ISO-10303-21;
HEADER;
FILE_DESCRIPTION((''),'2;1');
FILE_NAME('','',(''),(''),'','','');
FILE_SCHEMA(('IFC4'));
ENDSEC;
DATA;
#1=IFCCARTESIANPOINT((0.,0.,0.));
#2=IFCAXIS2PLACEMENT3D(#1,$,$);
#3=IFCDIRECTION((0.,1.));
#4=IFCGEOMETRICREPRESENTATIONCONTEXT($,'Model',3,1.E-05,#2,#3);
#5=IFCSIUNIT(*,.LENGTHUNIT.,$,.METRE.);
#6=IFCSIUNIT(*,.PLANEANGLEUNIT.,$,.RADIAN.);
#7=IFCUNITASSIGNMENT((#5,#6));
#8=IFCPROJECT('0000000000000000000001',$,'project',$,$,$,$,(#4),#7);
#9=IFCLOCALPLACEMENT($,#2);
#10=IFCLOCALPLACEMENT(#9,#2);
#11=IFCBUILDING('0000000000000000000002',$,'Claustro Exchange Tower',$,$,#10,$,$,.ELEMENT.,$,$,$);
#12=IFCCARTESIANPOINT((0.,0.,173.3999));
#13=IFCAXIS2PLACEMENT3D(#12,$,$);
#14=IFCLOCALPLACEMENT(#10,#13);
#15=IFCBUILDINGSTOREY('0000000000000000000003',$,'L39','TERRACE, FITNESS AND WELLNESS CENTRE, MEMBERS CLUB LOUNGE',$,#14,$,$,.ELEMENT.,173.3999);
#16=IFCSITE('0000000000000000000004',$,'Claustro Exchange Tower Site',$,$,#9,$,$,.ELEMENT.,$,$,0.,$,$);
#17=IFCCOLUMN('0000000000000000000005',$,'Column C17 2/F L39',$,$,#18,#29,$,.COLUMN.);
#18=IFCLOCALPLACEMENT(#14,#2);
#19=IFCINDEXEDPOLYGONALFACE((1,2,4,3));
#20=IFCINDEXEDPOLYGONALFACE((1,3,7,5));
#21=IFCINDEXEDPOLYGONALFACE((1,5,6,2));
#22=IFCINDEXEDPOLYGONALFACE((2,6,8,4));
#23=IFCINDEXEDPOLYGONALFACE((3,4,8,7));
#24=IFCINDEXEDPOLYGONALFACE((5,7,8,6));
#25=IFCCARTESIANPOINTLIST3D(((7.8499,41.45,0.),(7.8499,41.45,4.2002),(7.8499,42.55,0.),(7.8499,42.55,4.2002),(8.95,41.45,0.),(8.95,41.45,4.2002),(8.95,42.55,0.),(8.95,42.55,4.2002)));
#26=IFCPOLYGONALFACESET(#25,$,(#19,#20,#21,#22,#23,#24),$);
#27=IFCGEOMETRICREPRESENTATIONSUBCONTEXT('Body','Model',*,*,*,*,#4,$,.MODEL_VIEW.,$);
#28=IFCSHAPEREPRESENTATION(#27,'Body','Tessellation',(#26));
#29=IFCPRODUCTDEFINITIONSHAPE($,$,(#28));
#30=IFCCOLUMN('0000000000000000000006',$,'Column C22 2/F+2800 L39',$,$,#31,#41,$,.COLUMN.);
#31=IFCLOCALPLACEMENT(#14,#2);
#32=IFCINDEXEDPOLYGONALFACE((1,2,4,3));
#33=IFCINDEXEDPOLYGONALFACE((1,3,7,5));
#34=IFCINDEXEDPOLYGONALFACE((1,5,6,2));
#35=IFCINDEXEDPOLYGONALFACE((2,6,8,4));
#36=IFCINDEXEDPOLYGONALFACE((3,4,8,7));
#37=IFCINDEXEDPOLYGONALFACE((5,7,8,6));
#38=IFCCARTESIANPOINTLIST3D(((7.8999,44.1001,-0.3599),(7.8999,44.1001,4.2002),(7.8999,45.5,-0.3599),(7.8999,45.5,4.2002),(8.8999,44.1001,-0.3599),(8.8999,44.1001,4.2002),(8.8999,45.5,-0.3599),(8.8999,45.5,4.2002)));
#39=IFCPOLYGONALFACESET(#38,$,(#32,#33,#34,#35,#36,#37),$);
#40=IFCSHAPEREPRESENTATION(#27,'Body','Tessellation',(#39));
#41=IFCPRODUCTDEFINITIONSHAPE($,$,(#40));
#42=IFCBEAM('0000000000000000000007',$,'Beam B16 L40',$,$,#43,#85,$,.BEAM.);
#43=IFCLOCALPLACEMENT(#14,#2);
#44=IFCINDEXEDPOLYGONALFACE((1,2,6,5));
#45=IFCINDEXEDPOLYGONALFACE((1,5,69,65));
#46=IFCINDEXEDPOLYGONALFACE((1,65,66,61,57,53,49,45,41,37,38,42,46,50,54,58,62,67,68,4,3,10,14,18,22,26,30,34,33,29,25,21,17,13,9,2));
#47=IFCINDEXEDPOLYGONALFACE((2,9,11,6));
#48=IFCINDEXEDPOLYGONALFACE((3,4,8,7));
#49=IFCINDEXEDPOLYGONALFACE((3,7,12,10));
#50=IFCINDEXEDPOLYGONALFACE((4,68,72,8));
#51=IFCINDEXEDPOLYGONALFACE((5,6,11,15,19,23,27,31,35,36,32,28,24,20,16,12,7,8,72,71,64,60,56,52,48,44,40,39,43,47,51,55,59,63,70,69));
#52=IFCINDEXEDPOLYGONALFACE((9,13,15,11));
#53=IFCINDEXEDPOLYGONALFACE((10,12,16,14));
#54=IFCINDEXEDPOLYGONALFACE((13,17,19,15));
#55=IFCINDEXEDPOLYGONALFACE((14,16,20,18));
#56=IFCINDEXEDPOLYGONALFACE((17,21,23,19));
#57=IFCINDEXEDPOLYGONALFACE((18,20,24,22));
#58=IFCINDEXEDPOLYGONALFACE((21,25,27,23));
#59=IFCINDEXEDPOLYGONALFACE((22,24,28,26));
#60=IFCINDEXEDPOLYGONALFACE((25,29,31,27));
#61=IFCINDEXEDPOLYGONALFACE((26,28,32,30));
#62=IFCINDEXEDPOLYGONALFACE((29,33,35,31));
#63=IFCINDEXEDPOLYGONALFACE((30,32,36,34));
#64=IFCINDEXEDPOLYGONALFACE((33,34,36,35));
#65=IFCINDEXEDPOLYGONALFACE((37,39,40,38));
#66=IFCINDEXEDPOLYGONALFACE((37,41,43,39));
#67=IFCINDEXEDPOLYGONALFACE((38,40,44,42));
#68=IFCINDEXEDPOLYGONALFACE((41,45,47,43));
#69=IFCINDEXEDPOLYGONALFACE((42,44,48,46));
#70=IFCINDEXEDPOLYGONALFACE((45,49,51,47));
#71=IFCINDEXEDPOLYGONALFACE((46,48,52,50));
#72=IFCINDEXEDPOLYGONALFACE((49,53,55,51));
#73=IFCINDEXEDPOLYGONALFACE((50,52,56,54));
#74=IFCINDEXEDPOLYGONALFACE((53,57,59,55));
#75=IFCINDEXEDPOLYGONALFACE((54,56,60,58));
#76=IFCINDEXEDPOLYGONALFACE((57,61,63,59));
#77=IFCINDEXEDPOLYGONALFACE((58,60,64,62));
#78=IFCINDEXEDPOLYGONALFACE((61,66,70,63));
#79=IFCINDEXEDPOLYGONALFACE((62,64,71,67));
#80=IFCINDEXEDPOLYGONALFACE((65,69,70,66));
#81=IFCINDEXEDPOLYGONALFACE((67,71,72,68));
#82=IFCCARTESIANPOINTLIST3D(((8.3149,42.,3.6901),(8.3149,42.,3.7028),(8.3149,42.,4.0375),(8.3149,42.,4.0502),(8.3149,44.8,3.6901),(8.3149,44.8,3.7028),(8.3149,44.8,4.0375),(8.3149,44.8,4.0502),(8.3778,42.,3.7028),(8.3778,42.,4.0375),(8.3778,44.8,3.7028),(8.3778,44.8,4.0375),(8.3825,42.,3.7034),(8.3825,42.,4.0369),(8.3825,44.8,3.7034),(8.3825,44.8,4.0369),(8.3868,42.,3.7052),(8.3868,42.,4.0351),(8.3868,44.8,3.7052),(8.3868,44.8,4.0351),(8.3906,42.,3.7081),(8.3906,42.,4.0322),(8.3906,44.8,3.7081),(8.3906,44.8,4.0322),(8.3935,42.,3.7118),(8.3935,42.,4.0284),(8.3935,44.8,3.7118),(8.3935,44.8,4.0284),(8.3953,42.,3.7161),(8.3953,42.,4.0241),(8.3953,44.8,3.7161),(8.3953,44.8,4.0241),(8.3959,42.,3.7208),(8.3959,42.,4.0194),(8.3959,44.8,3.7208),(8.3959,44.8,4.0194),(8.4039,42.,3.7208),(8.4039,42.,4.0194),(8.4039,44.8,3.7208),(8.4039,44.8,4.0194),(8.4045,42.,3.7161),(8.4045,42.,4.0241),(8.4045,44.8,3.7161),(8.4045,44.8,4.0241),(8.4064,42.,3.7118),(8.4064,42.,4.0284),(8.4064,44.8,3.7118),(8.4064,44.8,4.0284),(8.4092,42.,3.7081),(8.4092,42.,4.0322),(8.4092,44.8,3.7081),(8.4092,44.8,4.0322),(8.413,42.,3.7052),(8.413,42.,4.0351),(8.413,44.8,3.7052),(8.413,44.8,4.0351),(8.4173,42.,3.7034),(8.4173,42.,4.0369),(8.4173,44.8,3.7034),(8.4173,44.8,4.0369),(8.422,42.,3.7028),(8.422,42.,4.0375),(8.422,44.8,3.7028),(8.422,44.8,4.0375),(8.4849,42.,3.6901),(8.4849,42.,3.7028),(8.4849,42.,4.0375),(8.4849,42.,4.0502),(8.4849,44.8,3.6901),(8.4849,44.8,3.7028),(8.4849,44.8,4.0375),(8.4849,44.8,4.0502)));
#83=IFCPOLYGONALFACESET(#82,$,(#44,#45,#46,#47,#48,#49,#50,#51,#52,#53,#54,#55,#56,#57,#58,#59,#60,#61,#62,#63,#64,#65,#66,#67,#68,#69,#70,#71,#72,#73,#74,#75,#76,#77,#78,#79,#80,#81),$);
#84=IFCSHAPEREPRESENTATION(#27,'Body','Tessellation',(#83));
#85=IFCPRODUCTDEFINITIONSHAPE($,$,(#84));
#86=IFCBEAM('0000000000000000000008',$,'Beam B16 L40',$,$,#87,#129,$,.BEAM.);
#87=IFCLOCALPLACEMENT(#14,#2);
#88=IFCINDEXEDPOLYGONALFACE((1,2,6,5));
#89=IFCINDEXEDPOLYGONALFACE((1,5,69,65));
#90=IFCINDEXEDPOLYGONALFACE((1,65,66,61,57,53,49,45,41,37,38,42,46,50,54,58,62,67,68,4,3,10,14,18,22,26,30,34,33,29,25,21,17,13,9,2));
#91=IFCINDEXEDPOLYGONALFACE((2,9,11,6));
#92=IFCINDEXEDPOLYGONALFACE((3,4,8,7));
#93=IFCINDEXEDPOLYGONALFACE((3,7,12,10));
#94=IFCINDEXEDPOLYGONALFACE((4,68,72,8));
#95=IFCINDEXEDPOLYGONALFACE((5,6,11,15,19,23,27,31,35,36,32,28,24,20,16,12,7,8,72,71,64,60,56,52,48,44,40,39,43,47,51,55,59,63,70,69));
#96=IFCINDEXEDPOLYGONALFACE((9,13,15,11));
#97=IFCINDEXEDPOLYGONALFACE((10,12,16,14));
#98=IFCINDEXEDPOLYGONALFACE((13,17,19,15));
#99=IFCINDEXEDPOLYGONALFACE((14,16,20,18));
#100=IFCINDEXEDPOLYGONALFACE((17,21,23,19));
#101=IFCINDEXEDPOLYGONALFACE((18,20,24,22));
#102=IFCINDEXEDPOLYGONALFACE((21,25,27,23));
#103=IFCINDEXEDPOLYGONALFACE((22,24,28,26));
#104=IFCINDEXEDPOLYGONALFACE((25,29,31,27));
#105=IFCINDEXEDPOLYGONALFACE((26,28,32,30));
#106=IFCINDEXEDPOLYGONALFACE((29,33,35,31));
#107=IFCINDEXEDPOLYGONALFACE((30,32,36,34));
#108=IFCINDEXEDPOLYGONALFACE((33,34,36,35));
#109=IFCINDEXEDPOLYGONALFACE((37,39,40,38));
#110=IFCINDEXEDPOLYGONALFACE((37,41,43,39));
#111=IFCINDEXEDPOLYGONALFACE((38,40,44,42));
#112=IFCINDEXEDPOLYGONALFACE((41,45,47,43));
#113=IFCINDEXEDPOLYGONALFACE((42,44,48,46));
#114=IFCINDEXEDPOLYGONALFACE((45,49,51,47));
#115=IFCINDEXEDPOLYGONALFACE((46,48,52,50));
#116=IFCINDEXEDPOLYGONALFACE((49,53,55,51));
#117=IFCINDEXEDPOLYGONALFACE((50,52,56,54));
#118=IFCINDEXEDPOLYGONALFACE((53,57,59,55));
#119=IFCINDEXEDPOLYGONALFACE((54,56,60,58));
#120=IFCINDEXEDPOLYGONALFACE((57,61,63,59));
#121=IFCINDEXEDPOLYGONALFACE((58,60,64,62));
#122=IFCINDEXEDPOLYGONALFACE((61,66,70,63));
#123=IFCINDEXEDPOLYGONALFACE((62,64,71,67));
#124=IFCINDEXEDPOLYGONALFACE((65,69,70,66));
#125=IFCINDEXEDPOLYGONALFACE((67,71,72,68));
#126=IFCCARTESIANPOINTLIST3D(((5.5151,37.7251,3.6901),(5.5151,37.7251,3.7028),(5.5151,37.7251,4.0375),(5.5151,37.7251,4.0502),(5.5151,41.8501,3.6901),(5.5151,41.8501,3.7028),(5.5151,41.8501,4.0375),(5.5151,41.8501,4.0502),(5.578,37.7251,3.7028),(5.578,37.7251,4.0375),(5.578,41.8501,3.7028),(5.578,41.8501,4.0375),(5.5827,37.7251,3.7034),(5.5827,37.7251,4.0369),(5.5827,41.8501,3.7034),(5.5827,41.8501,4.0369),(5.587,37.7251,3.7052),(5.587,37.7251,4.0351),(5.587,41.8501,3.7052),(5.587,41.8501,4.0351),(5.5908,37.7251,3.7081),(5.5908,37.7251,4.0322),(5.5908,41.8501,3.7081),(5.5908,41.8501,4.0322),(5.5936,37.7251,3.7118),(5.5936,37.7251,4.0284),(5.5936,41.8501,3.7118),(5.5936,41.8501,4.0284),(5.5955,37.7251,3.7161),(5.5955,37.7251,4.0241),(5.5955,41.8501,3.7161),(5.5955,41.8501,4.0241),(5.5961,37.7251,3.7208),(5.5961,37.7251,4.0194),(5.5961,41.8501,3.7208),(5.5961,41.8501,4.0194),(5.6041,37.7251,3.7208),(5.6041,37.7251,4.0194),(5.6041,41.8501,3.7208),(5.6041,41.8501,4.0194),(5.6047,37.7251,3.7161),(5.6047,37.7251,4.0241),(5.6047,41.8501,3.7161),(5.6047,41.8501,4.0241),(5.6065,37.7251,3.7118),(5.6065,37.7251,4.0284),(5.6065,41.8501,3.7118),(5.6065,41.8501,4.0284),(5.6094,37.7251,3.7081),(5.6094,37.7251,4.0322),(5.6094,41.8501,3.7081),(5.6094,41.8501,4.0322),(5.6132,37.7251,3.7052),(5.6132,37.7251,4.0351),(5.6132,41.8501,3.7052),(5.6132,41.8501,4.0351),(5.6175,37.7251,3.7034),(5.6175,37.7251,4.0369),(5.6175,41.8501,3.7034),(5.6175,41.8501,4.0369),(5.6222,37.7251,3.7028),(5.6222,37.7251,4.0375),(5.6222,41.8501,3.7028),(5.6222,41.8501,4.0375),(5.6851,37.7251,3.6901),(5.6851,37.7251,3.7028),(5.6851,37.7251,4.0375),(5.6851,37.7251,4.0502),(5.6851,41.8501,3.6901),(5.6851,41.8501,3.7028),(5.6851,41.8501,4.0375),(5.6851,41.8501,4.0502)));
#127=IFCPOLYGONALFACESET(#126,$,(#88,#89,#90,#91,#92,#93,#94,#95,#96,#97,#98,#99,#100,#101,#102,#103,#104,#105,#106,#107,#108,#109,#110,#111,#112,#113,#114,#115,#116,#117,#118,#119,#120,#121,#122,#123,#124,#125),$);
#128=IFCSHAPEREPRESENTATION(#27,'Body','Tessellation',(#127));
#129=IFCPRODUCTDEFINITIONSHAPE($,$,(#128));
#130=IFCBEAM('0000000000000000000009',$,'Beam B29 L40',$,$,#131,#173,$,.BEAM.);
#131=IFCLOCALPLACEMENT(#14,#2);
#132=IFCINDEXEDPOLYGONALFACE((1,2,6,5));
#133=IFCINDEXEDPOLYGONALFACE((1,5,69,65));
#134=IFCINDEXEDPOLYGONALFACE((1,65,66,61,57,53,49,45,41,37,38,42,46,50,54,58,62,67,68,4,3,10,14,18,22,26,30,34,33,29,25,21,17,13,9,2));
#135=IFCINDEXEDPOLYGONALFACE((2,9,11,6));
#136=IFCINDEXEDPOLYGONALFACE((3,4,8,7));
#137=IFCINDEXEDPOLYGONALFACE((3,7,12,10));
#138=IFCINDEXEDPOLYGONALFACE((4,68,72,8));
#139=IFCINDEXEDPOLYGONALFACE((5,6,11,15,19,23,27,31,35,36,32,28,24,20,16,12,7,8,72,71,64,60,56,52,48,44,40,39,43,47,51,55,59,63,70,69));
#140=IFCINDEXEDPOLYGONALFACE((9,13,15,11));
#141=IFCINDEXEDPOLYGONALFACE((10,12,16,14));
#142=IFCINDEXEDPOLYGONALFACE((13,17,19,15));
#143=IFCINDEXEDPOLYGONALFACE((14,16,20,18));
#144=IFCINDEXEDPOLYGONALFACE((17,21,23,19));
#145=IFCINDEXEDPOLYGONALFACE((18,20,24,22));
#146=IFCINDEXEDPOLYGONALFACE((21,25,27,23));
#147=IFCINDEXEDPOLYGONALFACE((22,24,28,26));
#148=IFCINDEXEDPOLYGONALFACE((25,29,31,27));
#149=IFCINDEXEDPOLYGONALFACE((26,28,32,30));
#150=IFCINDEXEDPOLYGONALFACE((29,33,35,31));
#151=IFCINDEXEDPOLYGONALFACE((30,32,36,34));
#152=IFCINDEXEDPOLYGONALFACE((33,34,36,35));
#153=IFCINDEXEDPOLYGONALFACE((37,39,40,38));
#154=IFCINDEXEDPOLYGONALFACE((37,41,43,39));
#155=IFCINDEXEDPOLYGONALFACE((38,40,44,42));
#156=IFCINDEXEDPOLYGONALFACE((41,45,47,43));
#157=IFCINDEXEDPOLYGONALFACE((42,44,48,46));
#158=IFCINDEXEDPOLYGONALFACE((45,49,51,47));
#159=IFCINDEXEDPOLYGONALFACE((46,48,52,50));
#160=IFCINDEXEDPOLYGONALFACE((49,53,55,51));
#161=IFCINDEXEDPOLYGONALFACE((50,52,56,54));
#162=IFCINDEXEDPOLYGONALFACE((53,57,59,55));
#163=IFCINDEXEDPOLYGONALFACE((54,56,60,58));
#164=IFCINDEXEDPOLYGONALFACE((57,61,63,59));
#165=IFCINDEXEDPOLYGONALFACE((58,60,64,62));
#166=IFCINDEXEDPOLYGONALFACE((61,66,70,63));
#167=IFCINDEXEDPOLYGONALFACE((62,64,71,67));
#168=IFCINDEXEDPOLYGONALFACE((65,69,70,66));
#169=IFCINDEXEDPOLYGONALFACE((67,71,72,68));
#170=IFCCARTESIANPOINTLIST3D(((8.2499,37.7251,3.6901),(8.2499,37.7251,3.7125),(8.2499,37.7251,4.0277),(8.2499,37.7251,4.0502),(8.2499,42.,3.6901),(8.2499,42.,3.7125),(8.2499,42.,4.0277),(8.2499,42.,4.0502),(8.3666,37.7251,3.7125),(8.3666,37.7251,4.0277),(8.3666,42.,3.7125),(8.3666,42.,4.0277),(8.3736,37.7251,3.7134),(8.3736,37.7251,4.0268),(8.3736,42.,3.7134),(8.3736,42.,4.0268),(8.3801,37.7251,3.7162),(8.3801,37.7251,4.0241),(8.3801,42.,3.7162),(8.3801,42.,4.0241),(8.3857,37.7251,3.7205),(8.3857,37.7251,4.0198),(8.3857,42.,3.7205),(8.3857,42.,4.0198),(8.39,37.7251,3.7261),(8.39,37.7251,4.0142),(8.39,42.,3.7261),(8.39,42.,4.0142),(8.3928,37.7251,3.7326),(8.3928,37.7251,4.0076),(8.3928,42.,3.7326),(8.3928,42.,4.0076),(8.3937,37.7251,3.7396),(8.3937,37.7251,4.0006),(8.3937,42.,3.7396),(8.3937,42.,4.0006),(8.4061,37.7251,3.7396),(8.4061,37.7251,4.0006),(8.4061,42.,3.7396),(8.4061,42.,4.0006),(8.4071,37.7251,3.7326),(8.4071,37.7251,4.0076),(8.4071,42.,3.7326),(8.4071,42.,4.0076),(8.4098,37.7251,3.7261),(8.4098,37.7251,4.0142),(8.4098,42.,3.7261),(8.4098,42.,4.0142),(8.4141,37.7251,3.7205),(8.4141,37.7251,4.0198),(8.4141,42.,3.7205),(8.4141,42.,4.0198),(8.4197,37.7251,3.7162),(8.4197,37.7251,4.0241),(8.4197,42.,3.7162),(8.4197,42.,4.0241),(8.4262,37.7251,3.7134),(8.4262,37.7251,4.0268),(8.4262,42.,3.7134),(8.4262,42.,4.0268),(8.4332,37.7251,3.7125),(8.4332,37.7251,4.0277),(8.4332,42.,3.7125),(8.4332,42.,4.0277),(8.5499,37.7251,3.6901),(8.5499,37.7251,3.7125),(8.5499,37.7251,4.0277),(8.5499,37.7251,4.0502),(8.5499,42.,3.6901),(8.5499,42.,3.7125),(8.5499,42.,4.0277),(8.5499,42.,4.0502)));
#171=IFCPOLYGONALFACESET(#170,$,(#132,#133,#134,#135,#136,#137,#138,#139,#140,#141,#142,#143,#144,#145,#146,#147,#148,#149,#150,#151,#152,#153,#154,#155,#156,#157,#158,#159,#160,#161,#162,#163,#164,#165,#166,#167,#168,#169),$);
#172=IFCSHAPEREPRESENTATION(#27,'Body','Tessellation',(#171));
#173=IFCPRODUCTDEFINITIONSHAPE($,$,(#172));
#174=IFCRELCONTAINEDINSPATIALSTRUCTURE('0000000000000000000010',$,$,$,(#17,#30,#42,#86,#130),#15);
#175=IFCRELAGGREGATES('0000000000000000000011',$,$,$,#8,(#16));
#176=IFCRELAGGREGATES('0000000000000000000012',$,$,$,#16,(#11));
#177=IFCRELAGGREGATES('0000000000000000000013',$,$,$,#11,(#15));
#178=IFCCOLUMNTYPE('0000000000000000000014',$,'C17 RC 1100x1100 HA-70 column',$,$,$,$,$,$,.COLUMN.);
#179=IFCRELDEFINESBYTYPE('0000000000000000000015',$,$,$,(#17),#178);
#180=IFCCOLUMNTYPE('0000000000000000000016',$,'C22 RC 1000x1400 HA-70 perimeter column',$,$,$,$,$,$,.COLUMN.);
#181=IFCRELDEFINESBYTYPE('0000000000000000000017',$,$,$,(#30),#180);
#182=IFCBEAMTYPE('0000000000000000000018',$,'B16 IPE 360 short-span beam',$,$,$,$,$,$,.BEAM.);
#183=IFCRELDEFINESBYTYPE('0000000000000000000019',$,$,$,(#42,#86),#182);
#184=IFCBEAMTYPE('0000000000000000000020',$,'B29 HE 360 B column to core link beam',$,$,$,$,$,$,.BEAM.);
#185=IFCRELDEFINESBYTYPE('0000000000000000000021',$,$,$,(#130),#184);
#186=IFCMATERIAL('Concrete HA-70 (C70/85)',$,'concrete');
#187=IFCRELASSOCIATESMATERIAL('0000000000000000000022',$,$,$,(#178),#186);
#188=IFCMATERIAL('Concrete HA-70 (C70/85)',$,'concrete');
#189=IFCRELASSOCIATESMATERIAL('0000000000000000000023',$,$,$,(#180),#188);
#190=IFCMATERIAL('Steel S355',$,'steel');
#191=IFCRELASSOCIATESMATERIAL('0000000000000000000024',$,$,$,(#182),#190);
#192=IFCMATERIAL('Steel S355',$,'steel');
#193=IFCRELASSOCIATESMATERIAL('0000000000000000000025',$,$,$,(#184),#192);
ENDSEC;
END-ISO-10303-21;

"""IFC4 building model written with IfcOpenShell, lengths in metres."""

from ifc_helpers import new_model, si_unit, direction, frame, origin, origin_2d, place, context, subcontext, project, spatial, rectangle, i_section, extrude, material, material_profile, profile_set, type_object, element, save


model = new_model("IFC4")

# Units and contexts
model_context = context("Model", 3, precision=1e-05, world=origin(), true_north=direction((0.0, 1.0)))
body_context = subcontext(model_context, "Body", "Model", "MODEL_VIEW")
ifc_project = project(units=[si_unit("LENGTHUNIT", "METRE"), si_unit("PLANEANGLEUNIT", "RADIAN")], contexts=[model_context])

# Site, building, storey
site_placement = place(None, origin())
site = spatial("IfcSite", under=ifc_project, at=site_placement, Name="Claustro Exchange Tower Site", CompositionType="ELEMENT", RefElevation=0.0)
building_placement = place(site_placement, origin())
building = spatial("IfcBuilding", under=site, at=building_placement, Name="Claustro Exchange Tower", CompositionType="ELEMENT")
storey_placement = place(building_placement, frame((0.0, 0.0, 173.3999)))
storey = spatial("IfcBuildingStorey", under=building, at=storey_placement, Name="L39", Description="TERRACE, FITNESS AND WELLNESS CENTRE, MEMBERS CLUB LOUNGE", CompositionType="ELEMENT", Elevation=173.3999)

# Columns
ifc_material_1 = material(Name="Concrete HA-70 (C70/85)", Category="concrete")
ifc_material_profile_1 = material_profile(ifc_material_1, rectangle(XDim=1.1001, YDim=1.1001, at=origin_2d()), Name="RC 1100x1100")
ifc_profile_set_1 = profile_set([ifc_material_profile_1], Name="Concrete HA-70 (C70/85)")
column_type_1 = type_object("IfcColumnType", Name="C17 RC 1100x1100 HA-70 column", PredefinedType="COLUMN", material=ifc_profile_set_1)
column_1_placement = place(storey_placement, frame((8.3999, 42.0, 0.0), z_axis=(0.0, 0.0, 1.0), x_axis=(1.0, 0.0, 0.0)))
element("IfcColumn", 1, at=column_1_placement, inside=storey, type_object=column_type_1, Name="Column C17 2/F L39", PredefinedType="COLUMN", context=body_context, shape_type="SweptSolid", body=[
    extrude(rectangle(XDim=1.1001, YDim=1.1001, at=origin_2d()), origin(), (0.0, 0.0, 1.0), 4.2002),
])
ifc_material_2 = material(Name="Concrete HA-70 (C70/85)", Category="concrete")
ifc_material_profile_2 = material_profile(ifc_material_2, rectangle(XDim=1.0, YDim=1.3999, at=origin_2d()), Name="RC 1000x1400")
ifc_profile_set_2 = profile_set([ifc_material_profile_2], Name="Concrete HA-70 (C70/85)")
column_type_2 = type_object("IfcColumnType", Name="C22 RC 1000x1400 HA-70 perimeter column", PredefinedType="COLUMN", material=ifc_profile_set_2)
column_2_placement = place(storey_placement, frame((8.3999, 44.8, -0.3599), z_axis=(0.0, 0.0, 1.0), x_axis=(1.0, 0.0, 0.0)))
element("IfcColumn", 2, at=column_2_placement, inside=storey, type_object=column_type_2, Name="Column C22 2/F+2800 L39", PredefinedType="COLUMN", context=body_context, shape_type="SweptSolid", body=[
    extrude(rectangle(XDim=1.0, YDim=1.3999, at=origin_2d()), origin(), (0.0, 0.0, 1.0), 4.5601),
])

# Beams
ifc_material_3 = material(Name="Steel S355", Category="steel")
ifc_material_profile_3 = material_profile(ifc_material_3, i_section(OverallWidth=0.1699, OverallDepth=0.3601, WebThickness=0.0081, FlangeThickness=0.0127, FilletRadius=0.0181, at=origin_2d()), Name="IPE 360")
ifc_profile_set_3 = profile_set([ifc_material_profile_3], Name="Steel S355")
beam_type_1 = type_object("IfcBeamType", Name="B16 IPE 360 short-span beam", PredefinedType="BEAM", material=ifc_profile_set_3)
beam_1_placement = place(storey_placement, frame((8.3999, 42.0, 3.8701), z_axis=(0.0, 1.0, 0.0), x_axis=(-1.0, 0.0, 0.0)))
element("IfcBeam", 3, at=beam_1_placement, inside=storey, type_object=beam_type_1, Name="Beam B16 L40", PredefinedType="BEAM", context=body_context, shape_type="SweptSolid", body=[
    extrude(i_section(OverallWidth=0.1699, OverallDepth=0.3601, WebThickness=0.0081, FlangeThickness=0.0127, FilletRadius=0.0181, at=origin_2d()), origin(), (0.0, 0.0, 1.0), 2.8),
])
beam_2_placement = place(storey_placement, frame((5.6001, 37.7251, 3.8701), z_axis=(0.0, 1.0, 0.0), x_axis=(-1.0, 0.0, 0.0)))
element("IfcBeam", 4, at=beam_2_placement, inside=storey, type_object=beam_type_1, Name="Beam B16 L40", PredefinedType="BEAM", context=body_context, shape_type="SweptSolid", body=[
    extrude(i_section(OverallWidth=0.1699, OverallDepth=0.3601, WebThickness=0.0081, FlangeThickness=0.0127, FilletRadius=0.0181, at=origin_2d()), origin(), (0.0, 0.0, 1.0), 4.125),
])
ifc_material_4 = material(Name="Steel S355", Category="steel")
ifc_material_profile_4 = material_profile(ifc_material_4, i_section(OverallWidth=0.3, OverallDepth=0.3601, WebThickness=0.0125, FlangeThickness=0.0225, FilletRadius=0.0271, at=origin_2d()), Name="HE 360 B")
ifc_profile_set_4 = profile_set([ifc_material_profile_4], Name="Steel S355")
beam_type_2 = type_object("IfcBeamType", Name="B29 HE 360 B column to core link beam", PredefinedType="BEAM", material=ifc_profile_set_4)
beam_3_placement = place(storey_placement, frame((8.3999, 37.7251, 3.8701), z_axis=(0.0, 1.0, 0.0), x_axis=(-1.0, 0.0, 0.0)))
element("IfcBeam", 5, at=beam_3_placement, inside=storey, type_object=beam_type_2, Name="Beam B29 L40", PredefinedType="BEAM", context=body_context, shape_type="SweptSolid", body=[
    extrude(i_section(OverallWidth=0.3, OverallDepth=0.3601, WebThickness=0.0125, FlangeThickness=0.0225, FilletRadius=0.0271, at=origin_2d()), origin(), (0.0, 0.0, 1.0), 4.2749),
])

save(model, "model.ifc")
